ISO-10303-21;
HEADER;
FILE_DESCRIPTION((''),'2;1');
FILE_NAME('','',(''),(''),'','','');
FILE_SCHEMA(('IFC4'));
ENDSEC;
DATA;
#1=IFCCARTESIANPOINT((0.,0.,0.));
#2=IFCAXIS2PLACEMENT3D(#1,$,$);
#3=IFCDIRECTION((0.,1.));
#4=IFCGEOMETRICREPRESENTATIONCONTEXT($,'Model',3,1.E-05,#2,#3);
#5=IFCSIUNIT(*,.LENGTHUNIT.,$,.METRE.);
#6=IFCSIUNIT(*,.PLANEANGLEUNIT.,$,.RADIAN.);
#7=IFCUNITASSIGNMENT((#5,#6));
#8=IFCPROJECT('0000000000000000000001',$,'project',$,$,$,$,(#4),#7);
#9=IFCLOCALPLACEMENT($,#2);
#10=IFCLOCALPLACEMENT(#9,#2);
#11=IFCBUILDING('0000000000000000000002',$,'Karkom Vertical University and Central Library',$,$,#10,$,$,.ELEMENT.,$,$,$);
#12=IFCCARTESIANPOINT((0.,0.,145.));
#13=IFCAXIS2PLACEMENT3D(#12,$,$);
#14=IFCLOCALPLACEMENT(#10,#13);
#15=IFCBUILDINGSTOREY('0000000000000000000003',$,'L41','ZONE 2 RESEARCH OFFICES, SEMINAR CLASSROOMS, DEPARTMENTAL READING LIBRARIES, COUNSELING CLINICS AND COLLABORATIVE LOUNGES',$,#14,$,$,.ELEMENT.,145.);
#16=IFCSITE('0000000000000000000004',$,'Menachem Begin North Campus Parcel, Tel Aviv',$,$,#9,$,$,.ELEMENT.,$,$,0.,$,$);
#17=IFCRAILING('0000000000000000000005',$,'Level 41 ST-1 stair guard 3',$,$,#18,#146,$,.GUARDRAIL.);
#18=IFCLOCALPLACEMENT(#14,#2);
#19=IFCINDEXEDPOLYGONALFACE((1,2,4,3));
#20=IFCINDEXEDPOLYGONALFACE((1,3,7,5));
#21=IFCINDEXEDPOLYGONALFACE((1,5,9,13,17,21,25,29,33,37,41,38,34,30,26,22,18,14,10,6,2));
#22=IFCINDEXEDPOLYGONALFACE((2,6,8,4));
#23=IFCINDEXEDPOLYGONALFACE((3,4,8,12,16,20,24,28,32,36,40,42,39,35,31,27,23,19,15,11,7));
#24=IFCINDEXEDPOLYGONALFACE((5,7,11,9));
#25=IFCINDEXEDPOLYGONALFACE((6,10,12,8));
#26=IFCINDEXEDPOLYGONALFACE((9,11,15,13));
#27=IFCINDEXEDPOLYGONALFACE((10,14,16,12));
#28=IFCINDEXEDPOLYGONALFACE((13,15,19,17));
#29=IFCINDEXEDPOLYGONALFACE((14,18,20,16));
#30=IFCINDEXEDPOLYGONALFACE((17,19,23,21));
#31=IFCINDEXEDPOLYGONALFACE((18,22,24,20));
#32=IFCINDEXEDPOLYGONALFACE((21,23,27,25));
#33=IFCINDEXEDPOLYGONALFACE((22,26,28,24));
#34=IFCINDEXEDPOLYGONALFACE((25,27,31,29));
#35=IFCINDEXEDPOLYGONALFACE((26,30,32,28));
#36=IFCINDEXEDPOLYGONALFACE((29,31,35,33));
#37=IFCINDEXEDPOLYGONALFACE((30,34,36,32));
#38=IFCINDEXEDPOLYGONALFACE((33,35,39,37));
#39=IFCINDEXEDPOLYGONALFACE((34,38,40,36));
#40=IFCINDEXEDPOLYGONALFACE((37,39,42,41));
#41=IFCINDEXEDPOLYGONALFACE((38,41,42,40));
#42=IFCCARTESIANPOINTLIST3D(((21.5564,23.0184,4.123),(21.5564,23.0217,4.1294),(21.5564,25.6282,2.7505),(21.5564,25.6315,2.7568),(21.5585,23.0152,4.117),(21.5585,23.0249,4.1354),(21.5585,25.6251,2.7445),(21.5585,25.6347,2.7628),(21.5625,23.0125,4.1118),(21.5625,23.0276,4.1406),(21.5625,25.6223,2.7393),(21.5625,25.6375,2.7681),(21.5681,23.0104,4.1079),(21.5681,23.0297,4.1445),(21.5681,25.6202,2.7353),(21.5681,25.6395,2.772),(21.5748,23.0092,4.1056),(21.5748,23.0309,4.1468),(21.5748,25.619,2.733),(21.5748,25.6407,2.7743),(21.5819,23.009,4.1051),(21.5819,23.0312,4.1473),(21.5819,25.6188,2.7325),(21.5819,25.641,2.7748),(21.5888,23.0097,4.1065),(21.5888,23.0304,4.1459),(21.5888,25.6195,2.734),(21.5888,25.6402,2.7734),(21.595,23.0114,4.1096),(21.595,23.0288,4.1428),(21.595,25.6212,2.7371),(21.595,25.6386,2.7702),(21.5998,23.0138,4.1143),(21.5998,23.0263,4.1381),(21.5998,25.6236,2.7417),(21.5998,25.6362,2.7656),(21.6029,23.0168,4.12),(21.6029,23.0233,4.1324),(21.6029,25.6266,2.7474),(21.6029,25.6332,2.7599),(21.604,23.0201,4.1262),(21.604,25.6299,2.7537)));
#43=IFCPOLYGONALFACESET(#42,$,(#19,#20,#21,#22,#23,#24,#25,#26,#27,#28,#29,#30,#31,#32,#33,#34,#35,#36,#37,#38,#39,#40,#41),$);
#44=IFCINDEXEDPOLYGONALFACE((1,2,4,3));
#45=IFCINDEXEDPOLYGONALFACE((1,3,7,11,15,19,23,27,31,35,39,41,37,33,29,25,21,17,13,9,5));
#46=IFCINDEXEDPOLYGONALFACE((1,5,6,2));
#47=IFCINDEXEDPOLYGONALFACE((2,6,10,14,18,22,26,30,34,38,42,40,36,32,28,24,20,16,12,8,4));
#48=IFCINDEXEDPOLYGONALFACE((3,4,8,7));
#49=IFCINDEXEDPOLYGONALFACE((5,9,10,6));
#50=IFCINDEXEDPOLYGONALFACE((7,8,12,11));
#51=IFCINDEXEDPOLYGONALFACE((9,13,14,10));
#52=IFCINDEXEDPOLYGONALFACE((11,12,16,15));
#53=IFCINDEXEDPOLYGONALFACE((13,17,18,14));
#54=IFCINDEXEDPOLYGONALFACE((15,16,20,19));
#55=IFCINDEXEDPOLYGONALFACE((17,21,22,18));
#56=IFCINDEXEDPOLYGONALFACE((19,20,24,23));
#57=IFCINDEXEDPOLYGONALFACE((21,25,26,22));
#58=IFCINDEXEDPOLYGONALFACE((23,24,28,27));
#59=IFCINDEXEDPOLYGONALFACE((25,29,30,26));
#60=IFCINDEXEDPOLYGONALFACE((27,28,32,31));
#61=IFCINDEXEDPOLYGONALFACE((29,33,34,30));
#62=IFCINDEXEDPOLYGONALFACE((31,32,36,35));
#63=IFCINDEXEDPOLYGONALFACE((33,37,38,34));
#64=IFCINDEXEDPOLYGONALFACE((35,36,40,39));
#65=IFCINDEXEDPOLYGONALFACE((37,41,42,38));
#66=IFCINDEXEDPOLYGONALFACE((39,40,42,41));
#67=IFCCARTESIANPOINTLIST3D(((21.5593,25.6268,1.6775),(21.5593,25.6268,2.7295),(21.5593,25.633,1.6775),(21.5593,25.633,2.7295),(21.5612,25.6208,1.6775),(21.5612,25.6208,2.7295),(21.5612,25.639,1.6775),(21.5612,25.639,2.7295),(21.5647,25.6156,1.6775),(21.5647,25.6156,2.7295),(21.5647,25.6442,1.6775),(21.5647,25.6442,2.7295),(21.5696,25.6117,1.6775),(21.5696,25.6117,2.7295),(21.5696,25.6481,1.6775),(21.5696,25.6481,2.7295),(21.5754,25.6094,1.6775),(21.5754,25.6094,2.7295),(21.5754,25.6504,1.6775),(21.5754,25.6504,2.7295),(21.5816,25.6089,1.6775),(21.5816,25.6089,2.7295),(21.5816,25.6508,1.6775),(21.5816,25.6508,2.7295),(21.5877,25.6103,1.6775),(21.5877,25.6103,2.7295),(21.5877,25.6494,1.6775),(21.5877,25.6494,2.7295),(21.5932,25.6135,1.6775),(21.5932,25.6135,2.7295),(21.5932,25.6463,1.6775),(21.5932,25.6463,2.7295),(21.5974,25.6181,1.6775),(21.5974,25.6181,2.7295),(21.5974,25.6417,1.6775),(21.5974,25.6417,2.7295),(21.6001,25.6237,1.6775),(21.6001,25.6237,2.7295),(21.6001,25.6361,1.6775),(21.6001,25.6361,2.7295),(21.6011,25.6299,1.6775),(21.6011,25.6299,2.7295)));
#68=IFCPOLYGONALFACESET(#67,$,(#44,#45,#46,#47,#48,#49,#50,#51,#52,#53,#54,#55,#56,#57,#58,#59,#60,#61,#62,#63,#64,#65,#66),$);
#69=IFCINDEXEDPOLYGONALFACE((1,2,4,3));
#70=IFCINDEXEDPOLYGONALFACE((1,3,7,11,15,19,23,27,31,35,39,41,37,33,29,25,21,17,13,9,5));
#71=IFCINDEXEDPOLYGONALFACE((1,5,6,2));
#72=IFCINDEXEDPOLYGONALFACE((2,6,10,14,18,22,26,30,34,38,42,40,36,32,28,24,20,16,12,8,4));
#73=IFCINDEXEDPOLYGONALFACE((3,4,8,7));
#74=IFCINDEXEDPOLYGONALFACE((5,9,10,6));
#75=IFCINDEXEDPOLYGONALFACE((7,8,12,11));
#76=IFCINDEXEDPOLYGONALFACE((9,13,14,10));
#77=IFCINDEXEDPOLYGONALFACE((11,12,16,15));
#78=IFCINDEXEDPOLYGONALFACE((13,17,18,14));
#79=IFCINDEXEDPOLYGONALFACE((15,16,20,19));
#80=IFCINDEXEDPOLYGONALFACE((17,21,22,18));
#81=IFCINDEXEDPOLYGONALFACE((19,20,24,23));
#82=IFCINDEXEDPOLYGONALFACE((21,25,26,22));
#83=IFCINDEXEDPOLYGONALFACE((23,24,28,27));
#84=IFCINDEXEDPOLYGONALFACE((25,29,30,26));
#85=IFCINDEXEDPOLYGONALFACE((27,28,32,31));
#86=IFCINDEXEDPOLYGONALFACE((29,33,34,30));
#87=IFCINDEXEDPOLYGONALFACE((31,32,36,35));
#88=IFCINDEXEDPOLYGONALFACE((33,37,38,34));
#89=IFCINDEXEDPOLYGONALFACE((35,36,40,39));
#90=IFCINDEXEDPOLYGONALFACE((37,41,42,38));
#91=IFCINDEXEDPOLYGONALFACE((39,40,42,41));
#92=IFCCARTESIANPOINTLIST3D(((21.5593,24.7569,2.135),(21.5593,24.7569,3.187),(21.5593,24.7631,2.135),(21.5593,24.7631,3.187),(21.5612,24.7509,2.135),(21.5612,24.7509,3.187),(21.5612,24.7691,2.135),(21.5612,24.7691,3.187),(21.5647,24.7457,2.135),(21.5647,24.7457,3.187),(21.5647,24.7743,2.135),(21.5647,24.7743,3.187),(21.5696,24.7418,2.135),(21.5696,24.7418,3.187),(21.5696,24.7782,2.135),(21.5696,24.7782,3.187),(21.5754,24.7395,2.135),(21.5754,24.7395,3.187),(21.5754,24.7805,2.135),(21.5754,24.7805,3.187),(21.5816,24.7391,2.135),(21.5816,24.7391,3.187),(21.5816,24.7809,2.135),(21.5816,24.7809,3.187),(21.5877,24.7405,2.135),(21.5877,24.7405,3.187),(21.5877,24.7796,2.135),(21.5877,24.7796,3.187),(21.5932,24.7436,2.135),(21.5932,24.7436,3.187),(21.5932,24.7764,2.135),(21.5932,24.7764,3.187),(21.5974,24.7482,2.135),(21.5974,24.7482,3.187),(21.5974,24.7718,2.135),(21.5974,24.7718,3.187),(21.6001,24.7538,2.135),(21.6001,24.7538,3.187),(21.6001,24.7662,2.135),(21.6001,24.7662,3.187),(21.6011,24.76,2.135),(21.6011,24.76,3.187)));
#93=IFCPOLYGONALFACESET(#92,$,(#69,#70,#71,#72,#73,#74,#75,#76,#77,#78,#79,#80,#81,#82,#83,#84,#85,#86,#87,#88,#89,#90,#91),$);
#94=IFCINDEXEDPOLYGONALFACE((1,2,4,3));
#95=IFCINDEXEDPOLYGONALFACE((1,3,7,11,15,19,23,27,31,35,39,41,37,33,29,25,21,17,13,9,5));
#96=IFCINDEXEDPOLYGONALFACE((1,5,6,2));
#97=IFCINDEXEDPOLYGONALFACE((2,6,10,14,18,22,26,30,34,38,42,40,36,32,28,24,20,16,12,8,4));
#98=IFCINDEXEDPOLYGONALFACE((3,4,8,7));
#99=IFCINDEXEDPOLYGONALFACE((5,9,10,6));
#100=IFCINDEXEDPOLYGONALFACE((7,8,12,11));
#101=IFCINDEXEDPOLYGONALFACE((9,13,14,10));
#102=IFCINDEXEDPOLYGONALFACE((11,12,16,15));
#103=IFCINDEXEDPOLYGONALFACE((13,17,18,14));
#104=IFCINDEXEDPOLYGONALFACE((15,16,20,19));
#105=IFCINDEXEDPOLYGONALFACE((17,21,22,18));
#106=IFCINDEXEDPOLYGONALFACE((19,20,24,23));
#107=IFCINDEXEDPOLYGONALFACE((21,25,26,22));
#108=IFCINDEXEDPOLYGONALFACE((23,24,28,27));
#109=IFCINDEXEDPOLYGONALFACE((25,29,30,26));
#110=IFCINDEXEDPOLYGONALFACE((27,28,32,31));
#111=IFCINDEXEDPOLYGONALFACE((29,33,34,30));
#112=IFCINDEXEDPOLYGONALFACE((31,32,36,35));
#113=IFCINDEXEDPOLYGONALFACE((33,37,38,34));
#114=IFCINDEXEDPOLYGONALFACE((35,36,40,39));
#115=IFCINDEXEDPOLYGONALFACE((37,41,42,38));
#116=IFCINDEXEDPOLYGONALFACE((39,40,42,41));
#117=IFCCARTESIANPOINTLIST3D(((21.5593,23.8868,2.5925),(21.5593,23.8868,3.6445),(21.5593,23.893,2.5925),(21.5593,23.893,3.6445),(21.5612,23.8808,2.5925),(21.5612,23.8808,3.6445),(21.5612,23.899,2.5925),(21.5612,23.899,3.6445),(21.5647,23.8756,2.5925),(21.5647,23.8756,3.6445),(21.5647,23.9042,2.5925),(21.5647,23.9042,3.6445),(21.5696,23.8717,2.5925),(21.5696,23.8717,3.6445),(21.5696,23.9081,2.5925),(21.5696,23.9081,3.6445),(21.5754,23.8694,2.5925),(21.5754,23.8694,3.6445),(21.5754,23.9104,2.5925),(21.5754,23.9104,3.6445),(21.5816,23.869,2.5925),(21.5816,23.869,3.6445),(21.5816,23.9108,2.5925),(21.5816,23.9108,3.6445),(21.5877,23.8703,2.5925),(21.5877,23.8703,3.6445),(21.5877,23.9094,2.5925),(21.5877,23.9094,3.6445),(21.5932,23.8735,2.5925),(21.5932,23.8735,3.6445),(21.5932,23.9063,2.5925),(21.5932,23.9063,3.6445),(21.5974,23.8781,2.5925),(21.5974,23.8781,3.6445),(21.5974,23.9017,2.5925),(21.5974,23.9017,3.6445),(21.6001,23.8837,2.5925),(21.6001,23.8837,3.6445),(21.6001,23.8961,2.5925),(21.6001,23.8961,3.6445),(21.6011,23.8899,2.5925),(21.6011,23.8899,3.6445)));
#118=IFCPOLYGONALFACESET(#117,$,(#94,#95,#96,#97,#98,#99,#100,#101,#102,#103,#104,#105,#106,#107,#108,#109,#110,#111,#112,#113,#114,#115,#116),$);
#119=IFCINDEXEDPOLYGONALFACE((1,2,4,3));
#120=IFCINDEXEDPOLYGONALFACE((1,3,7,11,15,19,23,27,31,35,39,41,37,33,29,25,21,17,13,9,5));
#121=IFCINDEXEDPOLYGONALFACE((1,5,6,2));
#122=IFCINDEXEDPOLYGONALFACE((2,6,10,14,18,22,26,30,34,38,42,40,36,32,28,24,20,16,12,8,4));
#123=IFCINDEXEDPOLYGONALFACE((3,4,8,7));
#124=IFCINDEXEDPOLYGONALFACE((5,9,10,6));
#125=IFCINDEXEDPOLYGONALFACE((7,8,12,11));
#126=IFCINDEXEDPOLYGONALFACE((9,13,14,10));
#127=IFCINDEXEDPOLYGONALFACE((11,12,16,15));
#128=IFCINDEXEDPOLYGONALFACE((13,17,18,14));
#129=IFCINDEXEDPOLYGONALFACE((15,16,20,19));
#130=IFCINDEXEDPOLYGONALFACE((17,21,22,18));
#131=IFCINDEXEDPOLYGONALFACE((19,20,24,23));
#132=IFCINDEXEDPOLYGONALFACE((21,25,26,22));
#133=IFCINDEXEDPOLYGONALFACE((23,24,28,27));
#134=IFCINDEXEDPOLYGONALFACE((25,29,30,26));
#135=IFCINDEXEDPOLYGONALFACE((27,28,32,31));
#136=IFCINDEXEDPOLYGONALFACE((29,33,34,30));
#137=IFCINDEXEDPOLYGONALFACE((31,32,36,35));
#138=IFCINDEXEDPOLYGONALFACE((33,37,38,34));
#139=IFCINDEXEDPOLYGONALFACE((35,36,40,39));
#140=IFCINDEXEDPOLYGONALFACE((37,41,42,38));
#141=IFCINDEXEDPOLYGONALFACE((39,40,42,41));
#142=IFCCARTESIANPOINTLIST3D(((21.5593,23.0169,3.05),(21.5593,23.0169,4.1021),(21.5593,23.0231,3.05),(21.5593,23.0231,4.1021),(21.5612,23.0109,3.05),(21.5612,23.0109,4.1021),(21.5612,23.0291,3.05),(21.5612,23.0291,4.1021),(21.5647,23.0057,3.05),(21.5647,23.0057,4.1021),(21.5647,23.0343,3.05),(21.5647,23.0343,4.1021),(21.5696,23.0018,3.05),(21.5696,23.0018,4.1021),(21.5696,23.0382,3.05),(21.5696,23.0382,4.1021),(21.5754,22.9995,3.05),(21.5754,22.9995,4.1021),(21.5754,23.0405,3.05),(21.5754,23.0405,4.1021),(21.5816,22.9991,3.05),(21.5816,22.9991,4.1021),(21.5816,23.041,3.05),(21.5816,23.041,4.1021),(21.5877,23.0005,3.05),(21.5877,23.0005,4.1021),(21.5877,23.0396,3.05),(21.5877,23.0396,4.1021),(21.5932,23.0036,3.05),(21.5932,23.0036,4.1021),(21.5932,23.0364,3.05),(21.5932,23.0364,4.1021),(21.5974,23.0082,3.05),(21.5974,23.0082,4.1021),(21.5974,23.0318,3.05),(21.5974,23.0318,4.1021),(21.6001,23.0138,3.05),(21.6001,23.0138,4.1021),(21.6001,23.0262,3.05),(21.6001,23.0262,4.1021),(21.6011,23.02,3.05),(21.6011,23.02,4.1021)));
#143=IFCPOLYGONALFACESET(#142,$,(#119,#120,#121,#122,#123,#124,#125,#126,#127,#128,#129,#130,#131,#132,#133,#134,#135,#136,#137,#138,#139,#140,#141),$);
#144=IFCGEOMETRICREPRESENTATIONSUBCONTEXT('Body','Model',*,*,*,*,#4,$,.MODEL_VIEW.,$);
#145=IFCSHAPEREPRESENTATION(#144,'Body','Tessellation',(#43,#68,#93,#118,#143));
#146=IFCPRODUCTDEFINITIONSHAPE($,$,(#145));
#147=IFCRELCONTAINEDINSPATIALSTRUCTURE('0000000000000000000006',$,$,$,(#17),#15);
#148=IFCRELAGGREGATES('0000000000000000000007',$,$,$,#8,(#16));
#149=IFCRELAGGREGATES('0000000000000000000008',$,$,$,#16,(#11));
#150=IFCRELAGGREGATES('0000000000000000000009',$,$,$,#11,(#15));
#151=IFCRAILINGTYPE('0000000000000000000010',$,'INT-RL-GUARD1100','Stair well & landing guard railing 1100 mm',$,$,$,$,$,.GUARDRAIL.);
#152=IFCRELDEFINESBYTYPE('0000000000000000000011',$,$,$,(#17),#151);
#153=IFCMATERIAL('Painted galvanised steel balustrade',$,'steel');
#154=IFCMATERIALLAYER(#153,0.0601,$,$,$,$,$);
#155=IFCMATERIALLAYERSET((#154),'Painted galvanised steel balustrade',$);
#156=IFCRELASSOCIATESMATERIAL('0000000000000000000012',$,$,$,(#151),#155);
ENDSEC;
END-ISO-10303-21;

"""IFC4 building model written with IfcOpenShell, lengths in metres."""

from ifc_helpers import new_model, si_unit, direction, frame, origin, origin_2d, place, context, subcontext, project, spatial, circle, extrude, material, layer, layer_set, type_object, element, save


model = new_model("IFC4")

# Units and contexts
model_context = context("Model", 3, precision=1e-05, world=origin(), true_north=direction((0.0, 1.0)))
body_context = subcontext(model_context, "Body", "Model", "MODEL_VIEW")
ifc_project = project(units=[si_unit("LENGTHUNIT", "METRE"), si_unit("PLANEANGLEUNIT", "RADIAN")], contexts=[model_context])

# Site, building, storey
site_placement = place(None, origin())
site = spatial("IfcSite", under=ifc_project, at=site_placement, Name="Menachem Begin North Campus Parcel, Tel Aviv", CompositionType="ELEMENT", RefElevation=0.0)
building_placement = place(site_placement, origin())
building = spatial("IfcBuilding", under=site, at=building_placement, Name="Karkom Vertical University and Central Library", CompositionType="ELEMENT")
storey_placement = place(building_placement, frame((0.0, 0.0, 145.0)))
storey = spatial("IfcBuildingStorey", under=building, at=storey_placement, Name="L41", Description="ZONE 2 RESEARCH OFFICES, SEMINAR CLASSROOMS, DEPARTMENTAL READING LIBRARIES, COUNSELING CLINICS AND COLLABORATIVE LOUNGES", CompositionType="ELEMENT", Elevation=145.0)

# Railing
ifc_material_1 = material(Name="Painted galvanised steel balustrade", Category="steel")
ifc_layer_1 = layer(ifc_material_1, 0.0601)
ifc_layer_set_1 = layer_set([ifc_layer_1], Name="Painted galvanised steel balustrade")
railing_type_1 = type_object("IfcRailingType", Name="INT-RL-GUARD1100", Description="Stair well & landing guard railing 1100 mm", PredefinedType="GUARDRAIL", material=ifc_layer_set_1)
railing_1_placement = place(storey_placement, frame((21.5801, 25.6299, 1.6775)))
element("IfcRailing", 1, at=railing_1_placement, inside=storey, type_object=railing_type_1, Name="Level 41 ST-1 stair guard 3", PredefinedType="GUARDRAIL", context=body_context, shape_type="SweptSolid", body=[
    extrude(circle(Radius=0.0239, at=origin_2d()), frame((0.0, 0.0, 1.0762), z_axis=(0.0, -0.885065, 0.465467), x_axis=(1.0, 0.0, 0.0)), (0.0, 0.0, 1.0), 2.9487),
    extrude(circle(Radius=0.021, at=origin_2d()), origin(), (0.0, 0.0, 1.0), 1.052),
    extrude(circle(Radius=0.021, at=origin_2d()), frame((0.0, -0.8699, 0.4575)), (0.0, 0.0, 1.0), 1.052),
    extrude(circle(Radius=0.021, at=origin_2d()), frame((0.0, -1.74, 0.915)), (0.0, 0.0, 1.0), 1.052),
    extrude(circle(Radius=0.021, at=origin_2d()), frame((0.0, -2.6099, 1.3726)), (0.0, 0.0, 1.0), 1.052),
])

save(model, "model.ifc")
